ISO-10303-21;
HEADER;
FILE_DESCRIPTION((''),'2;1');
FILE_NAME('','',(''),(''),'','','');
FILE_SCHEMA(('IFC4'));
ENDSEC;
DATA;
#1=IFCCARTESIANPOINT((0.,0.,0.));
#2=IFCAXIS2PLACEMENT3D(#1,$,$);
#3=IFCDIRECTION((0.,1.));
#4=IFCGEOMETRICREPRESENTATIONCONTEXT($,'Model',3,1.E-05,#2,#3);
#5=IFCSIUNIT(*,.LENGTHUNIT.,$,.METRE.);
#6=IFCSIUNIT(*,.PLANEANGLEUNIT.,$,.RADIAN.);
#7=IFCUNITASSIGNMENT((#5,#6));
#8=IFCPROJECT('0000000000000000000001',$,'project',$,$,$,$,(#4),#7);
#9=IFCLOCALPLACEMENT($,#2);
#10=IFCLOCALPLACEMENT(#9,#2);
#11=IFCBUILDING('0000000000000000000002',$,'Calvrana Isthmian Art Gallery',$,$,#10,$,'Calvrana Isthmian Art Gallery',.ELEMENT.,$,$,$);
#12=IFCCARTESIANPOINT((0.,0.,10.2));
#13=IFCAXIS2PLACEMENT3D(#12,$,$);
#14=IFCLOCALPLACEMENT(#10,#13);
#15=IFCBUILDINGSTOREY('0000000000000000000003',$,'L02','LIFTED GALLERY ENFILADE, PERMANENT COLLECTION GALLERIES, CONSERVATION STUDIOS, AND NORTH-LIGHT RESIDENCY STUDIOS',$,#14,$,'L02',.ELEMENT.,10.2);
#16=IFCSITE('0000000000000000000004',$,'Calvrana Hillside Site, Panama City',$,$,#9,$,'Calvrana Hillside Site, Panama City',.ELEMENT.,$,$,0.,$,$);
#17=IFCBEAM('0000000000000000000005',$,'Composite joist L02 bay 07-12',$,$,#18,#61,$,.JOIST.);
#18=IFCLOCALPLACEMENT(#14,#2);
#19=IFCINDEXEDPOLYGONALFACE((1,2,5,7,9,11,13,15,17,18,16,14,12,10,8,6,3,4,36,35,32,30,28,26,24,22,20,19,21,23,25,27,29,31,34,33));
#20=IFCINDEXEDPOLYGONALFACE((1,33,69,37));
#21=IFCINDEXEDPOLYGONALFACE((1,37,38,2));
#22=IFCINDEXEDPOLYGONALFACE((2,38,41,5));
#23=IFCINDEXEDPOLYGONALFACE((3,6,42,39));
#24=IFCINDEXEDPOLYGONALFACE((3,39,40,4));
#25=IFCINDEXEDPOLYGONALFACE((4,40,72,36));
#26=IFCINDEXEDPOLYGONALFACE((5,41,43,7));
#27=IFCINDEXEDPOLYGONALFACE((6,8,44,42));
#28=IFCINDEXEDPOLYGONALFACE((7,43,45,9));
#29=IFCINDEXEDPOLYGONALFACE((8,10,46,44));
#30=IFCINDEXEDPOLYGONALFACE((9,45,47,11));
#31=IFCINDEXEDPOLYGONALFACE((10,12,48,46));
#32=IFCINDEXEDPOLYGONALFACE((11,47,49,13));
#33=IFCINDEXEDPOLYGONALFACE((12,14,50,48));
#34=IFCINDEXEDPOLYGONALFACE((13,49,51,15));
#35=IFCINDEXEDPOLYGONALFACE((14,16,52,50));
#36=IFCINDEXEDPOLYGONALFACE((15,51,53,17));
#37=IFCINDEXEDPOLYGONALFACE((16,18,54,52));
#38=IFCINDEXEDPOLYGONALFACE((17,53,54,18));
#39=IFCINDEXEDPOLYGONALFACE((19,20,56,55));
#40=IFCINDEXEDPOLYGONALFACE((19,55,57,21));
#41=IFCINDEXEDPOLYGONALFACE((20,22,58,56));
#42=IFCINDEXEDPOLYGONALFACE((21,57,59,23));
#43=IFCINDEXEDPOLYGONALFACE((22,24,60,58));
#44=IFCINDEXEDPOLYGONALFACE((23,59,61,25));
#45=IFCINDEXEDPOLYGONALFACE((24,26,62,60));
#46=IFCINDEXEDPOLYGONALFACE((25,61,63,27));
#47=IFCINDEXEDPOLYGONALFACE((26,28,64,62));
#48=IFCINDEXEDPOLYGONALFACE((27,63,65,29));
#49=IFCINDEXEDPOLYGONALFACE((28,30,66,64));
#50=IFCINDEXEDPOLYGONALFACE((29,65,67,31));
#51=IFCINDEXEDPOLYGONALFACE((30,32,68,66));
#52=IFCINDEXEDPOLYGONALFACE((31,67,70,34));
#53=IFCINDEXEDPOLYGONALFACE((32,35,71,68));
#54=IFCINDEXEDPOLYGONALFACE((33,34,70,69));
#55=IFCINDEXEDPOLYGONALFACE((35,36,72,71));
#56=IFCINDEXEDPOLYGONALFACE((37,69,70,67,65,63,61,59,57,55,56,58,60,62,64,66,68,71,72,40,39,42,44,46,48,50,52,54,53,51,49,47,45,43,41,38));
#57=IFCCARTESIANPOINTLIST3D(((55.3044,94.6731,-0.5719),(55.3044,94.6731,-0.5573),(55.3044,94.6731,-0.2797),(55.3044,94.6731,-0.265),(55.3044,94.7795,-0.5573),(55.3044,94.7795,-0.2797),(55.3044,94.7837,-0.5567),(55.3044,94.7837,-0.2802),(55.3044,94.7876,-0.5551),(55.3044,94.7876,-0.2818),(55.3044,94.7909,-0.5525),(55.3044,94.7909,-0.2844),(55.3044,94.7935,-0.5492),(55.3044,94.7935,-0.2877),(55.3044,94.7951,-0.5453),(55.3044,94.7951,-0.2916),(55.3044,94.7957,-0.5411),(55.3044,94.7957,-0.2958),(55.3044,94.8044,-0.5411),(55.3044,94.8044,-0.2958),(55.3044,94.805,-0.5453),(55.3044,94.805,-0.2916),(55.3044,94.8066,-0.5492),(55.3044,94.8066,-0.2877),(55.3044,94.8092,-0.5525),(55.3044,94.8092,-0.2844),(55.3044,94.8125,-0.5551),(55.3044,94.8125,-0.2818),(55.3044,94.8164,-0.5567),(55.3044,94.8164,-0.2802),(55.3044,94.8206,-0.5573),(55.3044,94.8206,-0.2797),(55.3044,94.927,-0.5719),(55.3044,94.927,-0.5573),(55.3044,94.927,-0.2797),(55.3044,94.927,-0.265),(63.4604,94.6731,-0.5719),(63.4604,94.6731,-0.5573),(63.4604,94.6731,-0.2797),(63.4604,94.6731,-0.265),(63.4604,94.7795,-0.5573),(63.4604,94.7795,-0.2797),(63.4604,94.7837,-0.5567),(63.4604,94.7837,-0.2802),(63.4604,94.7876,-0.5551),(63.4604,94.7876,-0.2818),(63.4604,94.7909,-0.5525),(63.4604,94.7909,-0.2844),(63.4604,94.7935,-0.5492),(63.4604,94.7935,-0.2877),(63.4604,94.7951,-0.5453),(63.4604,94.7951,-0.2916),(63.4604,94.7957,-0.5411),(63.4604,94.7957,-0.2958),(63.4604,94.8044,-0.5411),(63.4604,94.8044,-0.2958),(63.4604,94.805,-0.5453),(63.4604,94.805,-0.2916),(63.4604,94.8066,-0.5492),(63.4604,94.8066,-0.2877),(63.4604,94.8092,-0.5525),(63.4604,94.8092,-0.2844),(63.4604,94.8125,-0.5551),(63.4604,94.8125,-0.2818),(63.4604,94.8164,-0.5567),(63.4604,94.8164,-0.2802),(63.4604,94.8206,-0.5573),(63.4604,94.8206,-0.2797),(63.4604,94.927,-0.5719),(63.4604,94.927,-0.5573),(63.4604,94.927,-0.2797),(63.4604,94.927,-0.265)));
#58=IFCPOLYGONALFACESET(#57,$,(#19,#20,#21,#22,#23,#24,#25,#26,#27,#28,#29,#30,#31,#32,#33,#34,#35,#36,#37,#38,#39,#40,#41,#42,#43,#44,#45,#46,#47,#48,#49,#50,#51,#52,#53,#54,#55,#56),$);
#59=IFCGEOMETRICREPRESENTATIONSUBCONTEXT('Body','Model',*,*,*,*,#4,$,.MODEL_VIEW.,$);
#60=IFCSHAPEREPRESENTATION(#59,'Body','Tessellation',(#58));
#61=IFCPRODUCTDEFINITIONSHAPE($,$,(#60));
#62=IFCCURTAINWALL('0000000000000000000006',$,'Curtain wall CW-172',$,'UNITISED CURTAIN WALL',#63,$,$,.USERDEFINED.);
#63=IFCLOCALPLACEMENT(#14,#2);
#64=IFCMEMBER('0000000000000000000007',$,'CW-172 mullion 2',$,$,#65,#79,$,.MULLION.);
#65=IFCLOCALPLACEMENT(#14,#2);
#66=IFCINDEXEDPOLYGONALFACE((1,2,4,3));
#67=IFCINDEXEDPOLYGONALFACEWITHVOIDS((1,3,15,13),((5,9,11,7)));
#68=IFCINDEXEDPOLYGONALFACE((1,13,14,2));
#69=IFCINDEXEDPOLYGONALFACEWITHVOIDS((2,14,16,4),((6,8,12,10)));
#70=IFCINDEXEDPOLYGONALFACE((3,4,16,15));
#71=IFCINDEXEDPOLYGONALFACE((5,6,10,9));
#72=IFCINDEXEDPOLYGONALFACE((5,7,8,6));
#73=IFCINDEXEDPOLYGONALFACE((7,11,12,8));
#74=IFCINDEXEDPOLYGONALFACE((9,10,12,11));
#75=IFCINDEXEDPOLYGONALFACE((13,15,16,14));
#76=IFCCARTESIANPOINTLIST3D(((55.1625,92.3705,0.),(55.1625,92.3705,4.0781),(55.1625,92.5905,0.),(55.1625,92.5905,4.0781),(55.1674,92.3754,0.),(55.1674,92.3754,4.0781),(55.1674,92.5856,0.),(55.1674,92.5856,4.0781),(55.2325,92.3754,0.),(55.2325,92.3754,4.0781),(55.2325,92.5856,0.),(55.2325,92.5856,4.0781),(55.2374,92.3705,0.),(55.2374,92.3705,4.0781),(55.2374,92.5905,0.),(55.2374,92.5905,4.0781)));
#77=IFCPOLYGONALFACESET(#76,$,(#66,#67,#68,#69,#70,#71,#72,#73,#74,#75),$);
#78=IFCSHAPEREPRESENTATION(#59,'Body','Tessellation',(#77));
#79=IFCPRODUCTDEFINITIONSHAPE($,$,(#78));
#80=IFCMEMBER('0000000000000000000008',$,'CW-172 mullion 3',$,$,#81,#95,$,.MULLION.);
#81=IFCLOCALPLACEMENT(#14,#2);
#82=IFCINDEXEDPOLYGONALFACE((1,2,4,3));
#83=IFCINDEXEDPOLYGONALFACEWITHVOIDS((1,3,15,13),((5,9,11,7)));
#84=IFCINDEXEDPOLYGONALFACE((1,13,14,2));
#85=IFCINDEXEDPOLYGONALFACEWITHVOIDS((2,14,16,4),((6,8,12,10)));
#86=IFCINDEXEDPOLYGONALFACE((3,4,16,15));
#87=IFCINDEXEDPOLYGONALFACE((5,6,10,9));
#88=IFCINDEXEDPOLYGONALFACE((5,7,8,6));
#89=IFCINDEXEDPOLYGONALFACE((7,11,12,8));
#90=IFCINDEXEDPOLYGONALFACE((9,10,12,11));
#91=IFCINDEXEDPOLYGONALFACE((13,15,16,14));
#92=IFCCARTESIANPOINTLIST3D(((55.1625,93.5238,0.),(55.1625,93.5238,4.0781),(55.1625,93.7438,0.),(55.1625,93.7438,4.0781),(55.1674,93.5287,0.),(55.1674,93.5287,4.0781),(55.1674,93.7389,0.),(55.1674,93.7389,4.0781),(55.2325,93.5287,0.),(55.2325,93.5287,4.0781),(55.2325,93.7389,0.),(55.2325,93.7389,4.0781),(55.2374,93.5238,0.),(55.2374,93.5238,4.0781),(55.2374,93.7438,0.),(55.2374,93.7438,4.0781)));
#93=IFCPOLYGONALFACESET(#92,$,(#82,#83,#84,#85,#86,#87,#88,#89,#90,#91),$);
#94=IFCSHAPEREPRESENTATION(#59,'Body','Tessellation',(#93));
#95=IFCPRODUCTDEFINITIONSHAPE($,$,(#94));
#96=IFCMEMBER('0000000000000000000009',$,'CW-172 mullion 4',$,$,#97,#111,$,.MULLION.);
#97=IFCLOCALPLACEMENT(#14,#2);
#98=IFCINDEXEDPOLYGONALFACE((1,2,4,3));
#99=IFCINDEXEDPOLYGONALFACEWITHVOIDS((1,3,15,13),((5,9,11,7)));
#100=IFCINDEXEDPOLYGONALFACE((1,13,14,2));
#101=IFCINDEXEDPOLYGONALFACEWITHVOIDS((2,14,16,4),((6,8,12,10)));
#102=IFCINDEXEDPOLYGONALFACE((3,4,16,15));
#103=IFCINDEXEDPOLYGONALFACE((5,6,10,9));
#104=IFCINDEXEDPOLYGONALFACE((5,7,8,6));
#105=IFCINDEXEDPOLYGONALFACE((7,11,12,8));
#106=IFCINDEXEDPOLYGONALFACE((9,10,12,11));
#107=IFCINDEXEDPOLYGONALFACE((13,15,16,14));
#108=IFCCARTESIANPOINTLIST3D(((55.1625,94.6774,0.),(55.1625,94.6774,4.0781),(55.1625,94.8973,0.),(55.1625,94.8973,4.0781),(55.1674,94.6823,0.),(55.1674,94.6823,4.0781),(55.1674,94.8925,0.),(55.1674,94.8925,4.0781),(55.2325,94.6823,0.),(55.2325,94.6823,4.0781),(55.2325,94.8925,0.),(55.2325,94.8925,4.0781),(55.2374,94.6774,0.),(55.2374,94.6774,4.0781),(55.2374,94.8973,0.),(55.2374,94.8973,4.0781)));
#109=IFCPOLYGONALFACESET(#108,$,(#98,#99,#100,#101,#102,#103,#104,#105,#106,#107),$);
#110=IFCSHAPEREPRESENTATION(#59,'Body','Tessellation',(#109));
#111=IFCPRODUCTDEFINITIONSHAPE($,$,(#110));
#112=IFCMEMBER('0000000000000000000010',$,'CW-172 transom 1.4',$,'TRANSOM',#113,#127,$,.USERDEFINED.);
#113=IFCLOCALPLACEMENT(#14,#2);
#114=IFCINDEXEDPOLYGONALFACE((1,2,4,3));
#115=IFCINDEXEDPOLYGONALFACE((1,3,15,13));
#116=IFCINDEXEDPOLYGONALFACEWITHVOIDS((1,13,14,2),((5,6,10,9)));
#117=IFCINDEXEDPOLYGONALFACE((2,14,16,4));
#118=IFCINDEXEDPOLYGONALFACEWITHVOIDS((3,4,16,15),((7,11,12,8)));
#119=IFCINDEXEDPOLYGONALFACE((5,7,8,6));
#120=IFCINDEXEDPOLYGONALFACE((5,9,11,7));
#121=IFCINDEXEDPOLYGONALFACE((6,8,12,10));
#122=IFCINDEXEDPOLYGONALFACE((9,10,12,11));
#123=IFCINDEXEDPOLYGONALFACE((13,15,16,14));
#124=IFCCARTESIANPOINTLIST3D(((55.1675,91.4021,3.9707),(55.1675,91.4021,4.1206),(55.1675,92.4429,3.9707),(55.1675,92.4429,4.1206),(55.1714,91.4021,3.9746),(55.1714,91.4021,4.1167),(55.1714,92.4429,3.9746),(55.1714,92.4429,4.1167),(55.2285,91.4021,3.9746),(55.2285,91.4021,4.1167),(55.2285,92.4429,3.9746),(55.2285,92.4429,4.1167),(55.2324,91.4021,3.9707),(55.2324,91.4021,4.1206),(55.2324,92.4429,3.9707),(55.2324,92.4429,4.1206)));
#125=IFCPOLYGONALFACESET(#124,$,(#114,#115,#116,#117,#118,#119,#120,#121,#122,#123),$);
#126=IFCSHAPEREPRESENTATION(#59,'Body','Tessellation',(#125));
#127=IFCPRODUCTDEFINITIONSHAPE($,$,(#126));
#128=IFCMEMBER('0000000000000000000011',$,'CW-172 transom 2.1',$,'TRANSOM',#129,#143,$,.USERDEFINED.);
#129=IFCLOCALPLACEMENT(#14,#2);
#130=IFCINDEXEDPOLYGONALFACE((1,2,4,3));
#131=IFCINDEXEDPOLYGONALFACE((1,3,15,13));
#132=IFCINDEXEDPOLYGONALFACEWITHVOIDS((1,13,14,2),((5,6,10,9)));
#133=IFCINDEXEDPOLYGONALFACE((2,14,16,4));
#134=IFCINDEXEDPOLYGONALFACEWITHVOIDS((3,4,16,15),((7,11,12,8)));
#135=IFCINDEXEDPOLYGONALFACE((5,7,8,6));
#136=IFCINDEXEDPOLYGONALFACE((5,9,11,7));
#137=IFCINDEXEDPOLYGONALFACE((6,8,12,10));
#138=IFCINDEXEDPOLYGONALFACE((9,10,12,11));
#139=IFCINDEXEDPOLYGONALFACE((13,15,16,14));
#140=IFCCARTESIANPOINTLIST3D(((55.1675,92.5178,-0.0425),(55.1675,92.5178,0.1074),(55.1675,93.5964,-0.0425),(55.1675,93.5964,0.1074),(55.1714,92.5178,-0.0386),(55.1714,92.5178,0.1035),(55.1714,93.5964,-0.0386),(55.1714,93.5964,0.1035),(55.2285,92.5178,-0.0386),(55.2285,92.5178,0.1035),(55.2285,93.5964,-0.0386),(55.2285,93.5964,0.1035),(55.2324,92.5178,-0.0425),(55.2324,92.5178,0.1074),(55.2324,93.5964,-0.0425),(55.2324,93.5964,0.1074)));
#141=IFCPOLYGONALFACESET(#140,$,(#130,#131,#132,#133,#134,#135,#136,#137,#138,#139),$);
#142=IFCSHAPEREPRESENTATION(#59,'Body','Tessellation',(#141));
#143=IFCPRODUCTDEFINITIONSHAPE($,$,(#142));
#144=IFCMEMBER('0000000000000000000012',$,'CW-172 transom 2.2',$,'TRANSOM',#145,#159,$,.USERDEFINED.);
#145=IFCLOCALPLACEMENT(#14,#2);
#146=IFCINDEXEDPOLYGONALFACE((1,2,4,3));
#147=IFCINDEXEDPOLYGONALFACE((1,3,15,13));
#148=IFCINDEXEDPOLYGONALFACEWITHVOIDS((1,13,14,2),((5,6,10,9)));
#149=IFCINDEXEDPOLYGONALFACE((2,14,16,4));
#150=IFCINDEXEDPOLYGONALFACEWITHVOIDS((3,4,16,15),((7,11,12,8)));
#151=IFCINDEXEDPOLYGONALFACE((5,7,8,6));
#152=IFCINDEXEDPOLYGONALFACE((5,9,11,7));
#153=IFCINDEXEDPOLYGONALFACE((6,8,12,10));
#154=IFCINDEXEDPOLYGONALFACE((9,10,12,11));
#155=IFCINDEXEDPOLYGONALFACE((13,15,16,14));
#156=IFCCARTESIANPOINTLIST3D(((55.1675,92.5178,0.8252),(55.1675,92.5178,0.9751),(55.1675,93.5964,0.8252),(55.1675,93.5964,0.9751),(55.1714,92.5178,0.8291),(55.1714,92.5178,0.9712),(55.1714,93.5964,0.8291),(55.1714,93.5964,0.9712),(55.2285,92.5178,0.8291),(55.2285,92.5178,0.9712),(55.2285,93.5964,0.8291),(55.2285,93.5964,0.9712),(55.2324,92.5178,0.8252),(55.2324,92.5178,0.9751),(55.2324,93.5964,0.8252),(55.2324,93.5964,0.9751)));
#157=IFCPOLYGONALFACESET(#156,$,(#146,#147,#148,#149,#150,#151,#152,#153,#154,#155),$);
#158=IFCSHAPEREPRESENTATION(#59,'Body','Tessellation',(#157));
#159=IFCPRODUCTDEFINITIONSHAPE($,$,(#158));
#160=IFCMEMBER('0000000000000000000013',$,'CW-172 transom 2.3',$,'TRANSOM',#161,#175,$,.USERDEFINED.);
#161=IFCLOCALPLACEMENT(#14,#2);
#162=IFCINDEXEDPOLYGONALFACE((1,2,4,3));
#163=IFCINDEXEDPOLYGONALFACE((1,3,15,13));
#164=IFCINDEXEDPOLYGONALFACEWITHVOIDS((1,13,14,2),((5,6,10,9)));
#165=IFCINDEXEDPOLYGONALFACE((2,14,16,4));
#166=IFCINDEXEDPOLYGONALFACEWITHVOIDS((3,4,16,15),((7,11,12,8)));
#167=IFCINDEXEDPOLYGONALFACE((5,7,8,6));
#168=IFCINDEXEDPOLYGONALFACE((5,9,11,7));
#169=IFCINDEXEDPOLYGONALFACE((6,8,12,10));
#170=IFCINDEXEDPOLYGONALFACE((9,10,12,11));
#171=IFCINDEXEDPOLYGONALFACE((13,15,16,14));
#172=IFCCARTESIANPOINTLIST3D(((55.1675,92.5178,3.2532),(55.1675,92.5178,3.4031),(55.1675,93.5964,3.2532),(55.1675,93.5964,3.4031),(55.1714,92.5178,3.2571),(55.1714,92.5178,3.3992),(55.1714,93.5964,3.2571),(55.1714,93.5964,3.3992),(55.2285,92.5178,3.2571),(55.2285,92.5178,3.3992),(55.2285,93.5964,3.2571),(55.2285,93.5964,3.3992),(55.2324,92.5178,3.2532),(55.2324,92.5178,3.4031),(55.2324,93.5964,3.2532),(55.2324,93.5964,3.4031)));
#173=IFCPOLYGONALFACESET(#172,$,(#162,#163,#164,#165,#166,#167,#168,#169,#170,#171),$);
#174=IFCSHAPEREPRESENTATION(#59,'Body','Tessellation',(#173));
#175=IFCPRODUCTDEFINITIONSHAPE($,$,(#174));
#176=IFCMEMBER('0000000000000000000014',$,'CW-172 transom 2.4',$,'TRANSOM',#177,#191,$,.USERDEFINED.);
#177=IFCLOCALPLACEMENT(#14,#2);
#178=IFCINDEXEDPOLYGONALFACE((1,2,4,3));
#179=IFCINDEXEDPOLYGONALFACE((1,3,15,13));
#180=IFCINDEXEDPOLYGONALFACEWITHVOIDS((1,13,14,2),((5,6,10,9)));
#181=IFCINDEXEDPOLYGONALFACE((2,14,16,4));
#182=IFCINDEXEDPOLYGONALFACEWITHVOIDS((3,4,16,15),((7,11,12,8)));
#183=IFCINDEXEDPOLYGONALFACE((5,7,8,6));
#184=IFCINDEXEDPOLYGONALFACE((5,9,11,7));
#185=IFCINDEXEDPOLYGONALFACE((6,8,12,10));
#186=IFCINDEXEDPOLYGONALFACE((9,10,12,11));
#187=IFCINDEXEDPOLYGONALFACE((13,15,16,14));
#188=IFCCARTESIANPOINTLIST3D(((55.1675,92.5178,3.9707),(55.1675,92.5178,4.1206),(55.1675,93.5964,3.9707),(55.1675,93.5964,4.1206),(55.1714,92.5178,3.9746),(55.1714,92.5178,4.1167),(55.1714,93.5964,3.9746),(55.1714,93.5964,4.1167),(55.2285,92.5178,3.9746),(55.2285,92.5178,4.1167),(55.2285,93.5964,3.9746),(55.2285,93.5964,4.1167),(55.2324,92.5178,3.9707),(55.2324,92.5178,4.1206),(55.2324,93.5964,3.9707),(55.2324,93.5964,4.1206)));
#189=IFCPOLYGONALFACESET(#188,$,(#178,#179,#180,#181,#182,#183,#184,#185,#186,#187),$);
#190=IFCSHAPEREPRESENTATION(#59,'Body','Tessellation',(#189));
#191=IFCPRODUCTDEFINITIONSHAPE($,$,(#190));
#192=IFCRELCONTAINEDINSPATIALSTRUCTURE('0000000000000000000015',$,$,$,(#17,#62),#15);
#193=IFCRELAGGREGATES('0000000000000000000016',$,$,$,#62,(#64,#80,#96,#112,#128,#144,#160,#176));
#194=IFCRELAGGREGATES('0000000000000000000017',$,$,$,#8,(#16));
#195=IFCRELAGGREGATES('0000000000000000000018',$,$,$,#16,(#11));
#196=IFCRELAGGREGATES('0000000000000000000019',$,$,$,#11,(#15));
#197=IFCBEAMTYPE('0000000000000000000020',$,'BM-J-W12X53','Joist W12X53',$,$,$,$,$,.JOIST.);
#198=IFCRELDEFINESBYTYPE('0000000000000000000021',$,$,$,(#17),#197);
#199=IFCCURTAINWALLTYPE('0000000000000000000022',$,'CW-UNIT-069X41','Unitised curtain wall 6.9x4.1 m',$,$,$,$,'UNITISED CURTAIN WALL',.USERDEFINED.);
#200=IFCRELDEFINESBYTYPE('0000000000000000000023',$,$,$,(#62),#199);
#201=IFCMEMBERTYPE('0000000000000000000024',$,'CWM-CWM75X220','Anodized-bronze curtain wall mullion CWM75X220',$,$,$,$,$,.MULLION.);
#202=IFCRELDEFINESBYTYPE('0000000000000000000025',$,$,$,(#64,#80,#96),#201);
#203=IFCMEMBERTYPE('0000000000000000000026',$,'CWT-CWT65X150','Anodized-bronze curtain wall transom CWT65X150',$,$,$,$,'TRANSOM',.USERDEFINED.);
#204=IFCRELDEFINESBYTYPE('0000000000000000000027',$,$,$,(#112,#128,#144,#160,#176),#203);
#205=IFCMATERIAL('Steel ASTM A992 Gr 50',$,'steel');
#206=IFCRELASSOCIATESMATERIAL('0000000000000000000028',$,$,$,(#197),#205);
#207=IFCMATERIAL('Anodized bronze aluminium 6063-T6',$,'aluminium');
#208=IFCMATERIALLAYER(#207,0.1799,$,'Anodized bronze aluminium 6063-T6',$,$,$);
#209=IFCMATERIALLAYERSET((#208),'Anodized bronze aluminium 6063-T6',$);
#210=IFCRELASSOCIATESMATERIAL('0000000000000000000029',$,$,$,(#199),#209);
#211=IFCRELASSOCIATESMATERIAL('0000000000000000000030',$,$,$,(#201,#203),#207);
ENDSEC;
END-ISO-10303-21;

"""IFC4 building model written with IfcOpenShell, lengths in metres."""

from ifc_helpers import new_model, si_unit, direction, frame, origin, origin_2d, place, context, subcontext, project, spatial, hollow_rectangle, i_section, extrude, material, layer, layer_set, material_profile, profile_set, type_object, element, aggregate, save


model = new_model("IFC4")

# Units and contexts
model_context = context("Model", 3, precision=1e-05, world=origin(), true_north=direction((0.0, 1.0)))
body_context = subcontext(model_context, "Body", "Model", "MODEL_VIEW")
ifc_project = project(units=[si_unit("LENGTHUNIT", "METRE"), si_unit("PLANEANGLEUNIT", "RADIAN")], contexts=[model_context])

# Site, building, storey
site_placement = place(None, origin())
site = spatial("IfcSite", under=ifc_project, at=site_placement, Name="Calvrana Hillside Site, Panama City", LongName="Calvrana Hillside Site, Panama City", CompositionType="ELEMENT", RefElevation=0.0)
building_placement = place(site_placement, origin())
building = spatial("IfcBuilding", under=site, at=building_placement, Name="Calvrana Isthmian Art Gallery", LongName="Calvrana Isthmian Art Gallery", CompositionType="ELEMENT")
storey_placement = place(building_placement, frame((0.0, 0.0, 10.2)))
storey = spatial("IfcBuildingStorey", under=building, at=storey_placement, Name="L02", Description="LIFTED GALLERY ENFILADE, PERMANENT COLLECTION GALLERIES, CONSERVATION STUDIOS, AND NORTH-LIGHT RESIDENCY STUDIOS", LongName="L02", CompositionType="ELEMENT", Elevation=10.2)

# Beam
ifc_material_1 = material(Name="Steel ASTM A992 Gr 50", Category="steel")
ifc_material_profile_1 = material_profile(ifc_material_1, i_section(OverallWidth=0.2539, OverallDepth=0.3069, WebThickness=0.0088, FlangeThickness=0.0146, FilletRadius=0.0161, at=origin_2d()), Name="W12X53")
ifc_profile_set_1 = profile_set([ifc_material_profile_1], Name="Steel ASTM A992 Gr 50")
beam_type = type_object("IfcBeamType", Name="BM-J-W12X53", Description="Joist W12X53", PredefinedType="JOIST", material=ifc_profile_set_1)
beam_placement = place(storey_placement, frame((55.3044, 94.8, -0.4185), z_axis=(1.0, 0.0, 0.0), x_axis=(0.0, 1.0, 0.0)))
element("IfcBeam", 1, at=beam_placement, inside=storey, type_object=beam_type, Name="Composite joist L02 bay 07-12", PredefinedType="JOIST", context=body_context, shape_type="SweptSolid", body=[
    extrude(i_section(OverallWidth=0.2539, OverallDepth=0.3069, WebThickness=0.0088, FlangeThickness=0.0146, FilletRadius=0.0161, at=origin_2d()), origin(), (0.0, 0.0, 1.0), 8.156),
])

# Curtain wall, members
ifc_material_2 = material(Name="Anodized bronze aluminium 6063-T6", Category="aluminium")
ifc_layer_1 = layer(ifc_material_2, 0.1799, Name="Anodized bronze aluminium 6063-T6")
ifc_layer_set_1 = layer_set([ifc_layer_1], Name="Anodized bronze aluminium 6063-T6")
curtain_wall_type = type_object("IfcCurtainWallType", Name="CW-UNIT-069X41", Description="Unitised curtain wall 6.9x4.1 m", ElementType="UNITISED CURTAIN WALL", PredefinedType="USERDEFINED", material=ifc_layer_set_1)
curtain_wall_placement = place(storey_placement, origin())
curtain_wall = element("IfcCurtainWall", 2, at=curtain_wall_placement, inside=storey, type_object=curtain_wall_type, Name="Curtain wall CW-172", ObjectType="UNITISED CURTAIN WALL", PredefinedType="USERDEFINED")
ifc_material_profile_2 = material_profile(ifc_material_2, hollow_rectangle(XDim=0.075, YDim=0.22, WallThickness=0.0049, at=origin_2d()), Name="CWM75X220")
ifc_profile_set_2 = profile_set([ifc_material_profile_2], Name="Anodized bronze aluminium 6063-T6")
member_type_1 = type_object("IfcMemberType", Name="CWM-CWM75X220", Description="Anodized-bronze curtain wall mullion CWM75X220", PredefinedType="MULLION", material=ifc_profile_set_2)
member_1_placement = place(storey_placement, frame((55.2, 92.4805, 0.0), z_axis=(0.0, 0.0, 1.0), x_axis=(-1.0, 0.0, 0.0)))
member_1 = element("IfcMember", 3, at=member_1_placement, type_object=member_type_1, Name="CW-172 mullion 2", PredefinedType="MULLION", context=body_context, shape_type="SweptSolid", body=[
    extrude(hollow_rectangle(XDim=0.075, YDim=0.22, WallThickness=0.0049, at=origin_2d()), origin(), (0.0, 0.0, 1.0), 4.0781),
])
member_2_placement = place(storey_placement, frame((55.2, 93.6338, 0.0), z_axis=(0.0, 0.0, 1.0), x_axis=(-1.0, 0.0, 0.0)))
member_2 = element("IfcMember", 4, at=member_2_placement, type_object=member_type_1, Name="CW-172 mullion 3", PredefinedType="MULLION", context=body_context, shape_type="SweptSolid", body=[
    extrude(hollow_rectangle(XDim=0.075, YDim=0.22, WallThickness=0.0049, at=origin_2d()), origin(), (0.0, 0.0, 1.0), 4.0781),
])
member_3_placement = place(storey_placement, frame((55.2, 94.7874, 0.0), z_axis=(0.0, 0.0, 1.0), x_axis=(-1.0, 0.0, 0.0)))
member_3 = element("IfcMember", 5, at=member_3_placement, type_object=member_type_1, Name="CW-172 mullion 4", PredefinedType="MULLION", context=body_context, shape_type="SweptSolid", body=[
    extrude(hollow_rectangle(XDim=0.075, YDim=0.22, WallThickness=0.0049, at=origin_2d()), origin(), (0.0, 0.0, 1.0), 4.0781),
])
ifc_material_profile_3 = material_profile(ifc_material_2, hollow_rectangle(XDim=0.0649, YDim=0.1499, WallThickness=0.0039, at=origin_2d()), Name="CWT65X150")
ifc_profile_set_3 = profile_set([ifc_material_profile_3], Name="Anodized bronze aluminium 6063-T6")
member_type_2 = type_object("IfcMemberType", Name="CWT-CWT65X150", Description="Anodized-bronze curtain wall transom CWT65X150", ElementType="TRANSOM", PredefinedType="USERDEFINED", material=ifc_profile_set_3)
member_4_placement = place(storey_placement, frame((55.2, 91.4021, 4.0457), z_axis=(0.0, 1.0, 0.0), x_axis=(-1.0, 0.0, 0.0)))
member_4 = element("IfcMember", 6, at=member_4_placement, type_object=member_type_2, Name="CW-172 transom 1.4", ObjectType="TRANSOM", PredefinedType="USERDEFINED", context=body_context, shape_type="SweptSolid", body=[
    extrude(hollow_rectangle(XDim=0.0649, YDim=0.1499, WallThickness=0.0039, at=origin_2d()), origin(), (0.0, 0.0, 1.0), 1.0408),
])
member_5_placement = place(storey_placement, frame((55.2, 92.5178, 0.0325), z_axis=(0.0, 1.0, 0.0), x_axis=(-1.0, 0.0, 0.0)))
member_5 = element("IfcMember", 7, at=member_5_placement, type_object=member_type_2, Name="CW-172 transom 2.1", ObjectType="TRANSOM", PredefinedType="USERDEFINED", context=body_context, shape_type="SweptSolid", body=[
    extrude(hollow_rectangle(XDim=0.0649, YDim=0.1499, WallThickness=0.0039, at=origin_2d()), origin(), (0.0, 0.0, 1.0), 1.0786),
])
member_6_placement = place(storey_placement, frame((55.2, 92.5178, 0.9001), z_axis=(0.0, 1.0, 0.0), x_axis=(-1.0, 0.0, 0.0)))
member_6 = element("IfcMember", 8, at=member_6_placement, type_object=member_type_2, Name="CW-172 transom 2.2", ObjectType="TRANSOM", PredefinedType="USERDEFINED", context=body_context, shape_type="SweptSolid", body=[
    extrude(hollow_rectangle(XDim=0.0649, YDim=0.1499, WallThickness=0.0039, at=origin_2d()), origin(), (0.0, 0.0, 1.0), 1.0786),
])
member_7_placement = place(storey_placement, frame((55.2, 92.5178, 3.3281), z_axis=(0.0, 1.0, 0.0), x_axis=(-1.0, 0.0, 0.0)))
member_7 = element("IfcMember", 9, at=member_7_placement, type_object=member_type_2, Name="CW-172 transom 2.3", ObjectType="TRANSOM", PredefinedType="USERDEFINED", context=body_context, shape_type="SweptSolid", body=[
    extrude(hollow_rectangle(XDim=0.0649, YDim=0.1499, WallThickness=0.0039, at=origin_2d()), origin(), (0.0, 0.0, 1.0), 1.0786),
])
member_8_placement = place(storey_placement, frame((55.2, 92.5178, 4.0457), z_axis=(0.0, 1.0, 0.0), x_axis=(-1.0, 0.0, 0.0)))
member_8 = element("IfcMember", 10, at=member_8_placement, type_object=member_type_2, Name="CW-172 transom 2.4", ObjectType="TRANSOM", PredefinedType="USERDEFINED", context=body_context, shape_type="SweptSolid", body=[
    extrude(hollow_rectangle(XDim=0.0649, YDim=0.1499, WallThickness=0.0039, at=origin_2d()), origin(), (0.0, 0.0, 1.0), 1.0786),
])
aggregate(curtain_wall, [member_1, member_2, member_3, member_4, member_5, member_6, member_7, member_8])

save(model, "model.ifc")
